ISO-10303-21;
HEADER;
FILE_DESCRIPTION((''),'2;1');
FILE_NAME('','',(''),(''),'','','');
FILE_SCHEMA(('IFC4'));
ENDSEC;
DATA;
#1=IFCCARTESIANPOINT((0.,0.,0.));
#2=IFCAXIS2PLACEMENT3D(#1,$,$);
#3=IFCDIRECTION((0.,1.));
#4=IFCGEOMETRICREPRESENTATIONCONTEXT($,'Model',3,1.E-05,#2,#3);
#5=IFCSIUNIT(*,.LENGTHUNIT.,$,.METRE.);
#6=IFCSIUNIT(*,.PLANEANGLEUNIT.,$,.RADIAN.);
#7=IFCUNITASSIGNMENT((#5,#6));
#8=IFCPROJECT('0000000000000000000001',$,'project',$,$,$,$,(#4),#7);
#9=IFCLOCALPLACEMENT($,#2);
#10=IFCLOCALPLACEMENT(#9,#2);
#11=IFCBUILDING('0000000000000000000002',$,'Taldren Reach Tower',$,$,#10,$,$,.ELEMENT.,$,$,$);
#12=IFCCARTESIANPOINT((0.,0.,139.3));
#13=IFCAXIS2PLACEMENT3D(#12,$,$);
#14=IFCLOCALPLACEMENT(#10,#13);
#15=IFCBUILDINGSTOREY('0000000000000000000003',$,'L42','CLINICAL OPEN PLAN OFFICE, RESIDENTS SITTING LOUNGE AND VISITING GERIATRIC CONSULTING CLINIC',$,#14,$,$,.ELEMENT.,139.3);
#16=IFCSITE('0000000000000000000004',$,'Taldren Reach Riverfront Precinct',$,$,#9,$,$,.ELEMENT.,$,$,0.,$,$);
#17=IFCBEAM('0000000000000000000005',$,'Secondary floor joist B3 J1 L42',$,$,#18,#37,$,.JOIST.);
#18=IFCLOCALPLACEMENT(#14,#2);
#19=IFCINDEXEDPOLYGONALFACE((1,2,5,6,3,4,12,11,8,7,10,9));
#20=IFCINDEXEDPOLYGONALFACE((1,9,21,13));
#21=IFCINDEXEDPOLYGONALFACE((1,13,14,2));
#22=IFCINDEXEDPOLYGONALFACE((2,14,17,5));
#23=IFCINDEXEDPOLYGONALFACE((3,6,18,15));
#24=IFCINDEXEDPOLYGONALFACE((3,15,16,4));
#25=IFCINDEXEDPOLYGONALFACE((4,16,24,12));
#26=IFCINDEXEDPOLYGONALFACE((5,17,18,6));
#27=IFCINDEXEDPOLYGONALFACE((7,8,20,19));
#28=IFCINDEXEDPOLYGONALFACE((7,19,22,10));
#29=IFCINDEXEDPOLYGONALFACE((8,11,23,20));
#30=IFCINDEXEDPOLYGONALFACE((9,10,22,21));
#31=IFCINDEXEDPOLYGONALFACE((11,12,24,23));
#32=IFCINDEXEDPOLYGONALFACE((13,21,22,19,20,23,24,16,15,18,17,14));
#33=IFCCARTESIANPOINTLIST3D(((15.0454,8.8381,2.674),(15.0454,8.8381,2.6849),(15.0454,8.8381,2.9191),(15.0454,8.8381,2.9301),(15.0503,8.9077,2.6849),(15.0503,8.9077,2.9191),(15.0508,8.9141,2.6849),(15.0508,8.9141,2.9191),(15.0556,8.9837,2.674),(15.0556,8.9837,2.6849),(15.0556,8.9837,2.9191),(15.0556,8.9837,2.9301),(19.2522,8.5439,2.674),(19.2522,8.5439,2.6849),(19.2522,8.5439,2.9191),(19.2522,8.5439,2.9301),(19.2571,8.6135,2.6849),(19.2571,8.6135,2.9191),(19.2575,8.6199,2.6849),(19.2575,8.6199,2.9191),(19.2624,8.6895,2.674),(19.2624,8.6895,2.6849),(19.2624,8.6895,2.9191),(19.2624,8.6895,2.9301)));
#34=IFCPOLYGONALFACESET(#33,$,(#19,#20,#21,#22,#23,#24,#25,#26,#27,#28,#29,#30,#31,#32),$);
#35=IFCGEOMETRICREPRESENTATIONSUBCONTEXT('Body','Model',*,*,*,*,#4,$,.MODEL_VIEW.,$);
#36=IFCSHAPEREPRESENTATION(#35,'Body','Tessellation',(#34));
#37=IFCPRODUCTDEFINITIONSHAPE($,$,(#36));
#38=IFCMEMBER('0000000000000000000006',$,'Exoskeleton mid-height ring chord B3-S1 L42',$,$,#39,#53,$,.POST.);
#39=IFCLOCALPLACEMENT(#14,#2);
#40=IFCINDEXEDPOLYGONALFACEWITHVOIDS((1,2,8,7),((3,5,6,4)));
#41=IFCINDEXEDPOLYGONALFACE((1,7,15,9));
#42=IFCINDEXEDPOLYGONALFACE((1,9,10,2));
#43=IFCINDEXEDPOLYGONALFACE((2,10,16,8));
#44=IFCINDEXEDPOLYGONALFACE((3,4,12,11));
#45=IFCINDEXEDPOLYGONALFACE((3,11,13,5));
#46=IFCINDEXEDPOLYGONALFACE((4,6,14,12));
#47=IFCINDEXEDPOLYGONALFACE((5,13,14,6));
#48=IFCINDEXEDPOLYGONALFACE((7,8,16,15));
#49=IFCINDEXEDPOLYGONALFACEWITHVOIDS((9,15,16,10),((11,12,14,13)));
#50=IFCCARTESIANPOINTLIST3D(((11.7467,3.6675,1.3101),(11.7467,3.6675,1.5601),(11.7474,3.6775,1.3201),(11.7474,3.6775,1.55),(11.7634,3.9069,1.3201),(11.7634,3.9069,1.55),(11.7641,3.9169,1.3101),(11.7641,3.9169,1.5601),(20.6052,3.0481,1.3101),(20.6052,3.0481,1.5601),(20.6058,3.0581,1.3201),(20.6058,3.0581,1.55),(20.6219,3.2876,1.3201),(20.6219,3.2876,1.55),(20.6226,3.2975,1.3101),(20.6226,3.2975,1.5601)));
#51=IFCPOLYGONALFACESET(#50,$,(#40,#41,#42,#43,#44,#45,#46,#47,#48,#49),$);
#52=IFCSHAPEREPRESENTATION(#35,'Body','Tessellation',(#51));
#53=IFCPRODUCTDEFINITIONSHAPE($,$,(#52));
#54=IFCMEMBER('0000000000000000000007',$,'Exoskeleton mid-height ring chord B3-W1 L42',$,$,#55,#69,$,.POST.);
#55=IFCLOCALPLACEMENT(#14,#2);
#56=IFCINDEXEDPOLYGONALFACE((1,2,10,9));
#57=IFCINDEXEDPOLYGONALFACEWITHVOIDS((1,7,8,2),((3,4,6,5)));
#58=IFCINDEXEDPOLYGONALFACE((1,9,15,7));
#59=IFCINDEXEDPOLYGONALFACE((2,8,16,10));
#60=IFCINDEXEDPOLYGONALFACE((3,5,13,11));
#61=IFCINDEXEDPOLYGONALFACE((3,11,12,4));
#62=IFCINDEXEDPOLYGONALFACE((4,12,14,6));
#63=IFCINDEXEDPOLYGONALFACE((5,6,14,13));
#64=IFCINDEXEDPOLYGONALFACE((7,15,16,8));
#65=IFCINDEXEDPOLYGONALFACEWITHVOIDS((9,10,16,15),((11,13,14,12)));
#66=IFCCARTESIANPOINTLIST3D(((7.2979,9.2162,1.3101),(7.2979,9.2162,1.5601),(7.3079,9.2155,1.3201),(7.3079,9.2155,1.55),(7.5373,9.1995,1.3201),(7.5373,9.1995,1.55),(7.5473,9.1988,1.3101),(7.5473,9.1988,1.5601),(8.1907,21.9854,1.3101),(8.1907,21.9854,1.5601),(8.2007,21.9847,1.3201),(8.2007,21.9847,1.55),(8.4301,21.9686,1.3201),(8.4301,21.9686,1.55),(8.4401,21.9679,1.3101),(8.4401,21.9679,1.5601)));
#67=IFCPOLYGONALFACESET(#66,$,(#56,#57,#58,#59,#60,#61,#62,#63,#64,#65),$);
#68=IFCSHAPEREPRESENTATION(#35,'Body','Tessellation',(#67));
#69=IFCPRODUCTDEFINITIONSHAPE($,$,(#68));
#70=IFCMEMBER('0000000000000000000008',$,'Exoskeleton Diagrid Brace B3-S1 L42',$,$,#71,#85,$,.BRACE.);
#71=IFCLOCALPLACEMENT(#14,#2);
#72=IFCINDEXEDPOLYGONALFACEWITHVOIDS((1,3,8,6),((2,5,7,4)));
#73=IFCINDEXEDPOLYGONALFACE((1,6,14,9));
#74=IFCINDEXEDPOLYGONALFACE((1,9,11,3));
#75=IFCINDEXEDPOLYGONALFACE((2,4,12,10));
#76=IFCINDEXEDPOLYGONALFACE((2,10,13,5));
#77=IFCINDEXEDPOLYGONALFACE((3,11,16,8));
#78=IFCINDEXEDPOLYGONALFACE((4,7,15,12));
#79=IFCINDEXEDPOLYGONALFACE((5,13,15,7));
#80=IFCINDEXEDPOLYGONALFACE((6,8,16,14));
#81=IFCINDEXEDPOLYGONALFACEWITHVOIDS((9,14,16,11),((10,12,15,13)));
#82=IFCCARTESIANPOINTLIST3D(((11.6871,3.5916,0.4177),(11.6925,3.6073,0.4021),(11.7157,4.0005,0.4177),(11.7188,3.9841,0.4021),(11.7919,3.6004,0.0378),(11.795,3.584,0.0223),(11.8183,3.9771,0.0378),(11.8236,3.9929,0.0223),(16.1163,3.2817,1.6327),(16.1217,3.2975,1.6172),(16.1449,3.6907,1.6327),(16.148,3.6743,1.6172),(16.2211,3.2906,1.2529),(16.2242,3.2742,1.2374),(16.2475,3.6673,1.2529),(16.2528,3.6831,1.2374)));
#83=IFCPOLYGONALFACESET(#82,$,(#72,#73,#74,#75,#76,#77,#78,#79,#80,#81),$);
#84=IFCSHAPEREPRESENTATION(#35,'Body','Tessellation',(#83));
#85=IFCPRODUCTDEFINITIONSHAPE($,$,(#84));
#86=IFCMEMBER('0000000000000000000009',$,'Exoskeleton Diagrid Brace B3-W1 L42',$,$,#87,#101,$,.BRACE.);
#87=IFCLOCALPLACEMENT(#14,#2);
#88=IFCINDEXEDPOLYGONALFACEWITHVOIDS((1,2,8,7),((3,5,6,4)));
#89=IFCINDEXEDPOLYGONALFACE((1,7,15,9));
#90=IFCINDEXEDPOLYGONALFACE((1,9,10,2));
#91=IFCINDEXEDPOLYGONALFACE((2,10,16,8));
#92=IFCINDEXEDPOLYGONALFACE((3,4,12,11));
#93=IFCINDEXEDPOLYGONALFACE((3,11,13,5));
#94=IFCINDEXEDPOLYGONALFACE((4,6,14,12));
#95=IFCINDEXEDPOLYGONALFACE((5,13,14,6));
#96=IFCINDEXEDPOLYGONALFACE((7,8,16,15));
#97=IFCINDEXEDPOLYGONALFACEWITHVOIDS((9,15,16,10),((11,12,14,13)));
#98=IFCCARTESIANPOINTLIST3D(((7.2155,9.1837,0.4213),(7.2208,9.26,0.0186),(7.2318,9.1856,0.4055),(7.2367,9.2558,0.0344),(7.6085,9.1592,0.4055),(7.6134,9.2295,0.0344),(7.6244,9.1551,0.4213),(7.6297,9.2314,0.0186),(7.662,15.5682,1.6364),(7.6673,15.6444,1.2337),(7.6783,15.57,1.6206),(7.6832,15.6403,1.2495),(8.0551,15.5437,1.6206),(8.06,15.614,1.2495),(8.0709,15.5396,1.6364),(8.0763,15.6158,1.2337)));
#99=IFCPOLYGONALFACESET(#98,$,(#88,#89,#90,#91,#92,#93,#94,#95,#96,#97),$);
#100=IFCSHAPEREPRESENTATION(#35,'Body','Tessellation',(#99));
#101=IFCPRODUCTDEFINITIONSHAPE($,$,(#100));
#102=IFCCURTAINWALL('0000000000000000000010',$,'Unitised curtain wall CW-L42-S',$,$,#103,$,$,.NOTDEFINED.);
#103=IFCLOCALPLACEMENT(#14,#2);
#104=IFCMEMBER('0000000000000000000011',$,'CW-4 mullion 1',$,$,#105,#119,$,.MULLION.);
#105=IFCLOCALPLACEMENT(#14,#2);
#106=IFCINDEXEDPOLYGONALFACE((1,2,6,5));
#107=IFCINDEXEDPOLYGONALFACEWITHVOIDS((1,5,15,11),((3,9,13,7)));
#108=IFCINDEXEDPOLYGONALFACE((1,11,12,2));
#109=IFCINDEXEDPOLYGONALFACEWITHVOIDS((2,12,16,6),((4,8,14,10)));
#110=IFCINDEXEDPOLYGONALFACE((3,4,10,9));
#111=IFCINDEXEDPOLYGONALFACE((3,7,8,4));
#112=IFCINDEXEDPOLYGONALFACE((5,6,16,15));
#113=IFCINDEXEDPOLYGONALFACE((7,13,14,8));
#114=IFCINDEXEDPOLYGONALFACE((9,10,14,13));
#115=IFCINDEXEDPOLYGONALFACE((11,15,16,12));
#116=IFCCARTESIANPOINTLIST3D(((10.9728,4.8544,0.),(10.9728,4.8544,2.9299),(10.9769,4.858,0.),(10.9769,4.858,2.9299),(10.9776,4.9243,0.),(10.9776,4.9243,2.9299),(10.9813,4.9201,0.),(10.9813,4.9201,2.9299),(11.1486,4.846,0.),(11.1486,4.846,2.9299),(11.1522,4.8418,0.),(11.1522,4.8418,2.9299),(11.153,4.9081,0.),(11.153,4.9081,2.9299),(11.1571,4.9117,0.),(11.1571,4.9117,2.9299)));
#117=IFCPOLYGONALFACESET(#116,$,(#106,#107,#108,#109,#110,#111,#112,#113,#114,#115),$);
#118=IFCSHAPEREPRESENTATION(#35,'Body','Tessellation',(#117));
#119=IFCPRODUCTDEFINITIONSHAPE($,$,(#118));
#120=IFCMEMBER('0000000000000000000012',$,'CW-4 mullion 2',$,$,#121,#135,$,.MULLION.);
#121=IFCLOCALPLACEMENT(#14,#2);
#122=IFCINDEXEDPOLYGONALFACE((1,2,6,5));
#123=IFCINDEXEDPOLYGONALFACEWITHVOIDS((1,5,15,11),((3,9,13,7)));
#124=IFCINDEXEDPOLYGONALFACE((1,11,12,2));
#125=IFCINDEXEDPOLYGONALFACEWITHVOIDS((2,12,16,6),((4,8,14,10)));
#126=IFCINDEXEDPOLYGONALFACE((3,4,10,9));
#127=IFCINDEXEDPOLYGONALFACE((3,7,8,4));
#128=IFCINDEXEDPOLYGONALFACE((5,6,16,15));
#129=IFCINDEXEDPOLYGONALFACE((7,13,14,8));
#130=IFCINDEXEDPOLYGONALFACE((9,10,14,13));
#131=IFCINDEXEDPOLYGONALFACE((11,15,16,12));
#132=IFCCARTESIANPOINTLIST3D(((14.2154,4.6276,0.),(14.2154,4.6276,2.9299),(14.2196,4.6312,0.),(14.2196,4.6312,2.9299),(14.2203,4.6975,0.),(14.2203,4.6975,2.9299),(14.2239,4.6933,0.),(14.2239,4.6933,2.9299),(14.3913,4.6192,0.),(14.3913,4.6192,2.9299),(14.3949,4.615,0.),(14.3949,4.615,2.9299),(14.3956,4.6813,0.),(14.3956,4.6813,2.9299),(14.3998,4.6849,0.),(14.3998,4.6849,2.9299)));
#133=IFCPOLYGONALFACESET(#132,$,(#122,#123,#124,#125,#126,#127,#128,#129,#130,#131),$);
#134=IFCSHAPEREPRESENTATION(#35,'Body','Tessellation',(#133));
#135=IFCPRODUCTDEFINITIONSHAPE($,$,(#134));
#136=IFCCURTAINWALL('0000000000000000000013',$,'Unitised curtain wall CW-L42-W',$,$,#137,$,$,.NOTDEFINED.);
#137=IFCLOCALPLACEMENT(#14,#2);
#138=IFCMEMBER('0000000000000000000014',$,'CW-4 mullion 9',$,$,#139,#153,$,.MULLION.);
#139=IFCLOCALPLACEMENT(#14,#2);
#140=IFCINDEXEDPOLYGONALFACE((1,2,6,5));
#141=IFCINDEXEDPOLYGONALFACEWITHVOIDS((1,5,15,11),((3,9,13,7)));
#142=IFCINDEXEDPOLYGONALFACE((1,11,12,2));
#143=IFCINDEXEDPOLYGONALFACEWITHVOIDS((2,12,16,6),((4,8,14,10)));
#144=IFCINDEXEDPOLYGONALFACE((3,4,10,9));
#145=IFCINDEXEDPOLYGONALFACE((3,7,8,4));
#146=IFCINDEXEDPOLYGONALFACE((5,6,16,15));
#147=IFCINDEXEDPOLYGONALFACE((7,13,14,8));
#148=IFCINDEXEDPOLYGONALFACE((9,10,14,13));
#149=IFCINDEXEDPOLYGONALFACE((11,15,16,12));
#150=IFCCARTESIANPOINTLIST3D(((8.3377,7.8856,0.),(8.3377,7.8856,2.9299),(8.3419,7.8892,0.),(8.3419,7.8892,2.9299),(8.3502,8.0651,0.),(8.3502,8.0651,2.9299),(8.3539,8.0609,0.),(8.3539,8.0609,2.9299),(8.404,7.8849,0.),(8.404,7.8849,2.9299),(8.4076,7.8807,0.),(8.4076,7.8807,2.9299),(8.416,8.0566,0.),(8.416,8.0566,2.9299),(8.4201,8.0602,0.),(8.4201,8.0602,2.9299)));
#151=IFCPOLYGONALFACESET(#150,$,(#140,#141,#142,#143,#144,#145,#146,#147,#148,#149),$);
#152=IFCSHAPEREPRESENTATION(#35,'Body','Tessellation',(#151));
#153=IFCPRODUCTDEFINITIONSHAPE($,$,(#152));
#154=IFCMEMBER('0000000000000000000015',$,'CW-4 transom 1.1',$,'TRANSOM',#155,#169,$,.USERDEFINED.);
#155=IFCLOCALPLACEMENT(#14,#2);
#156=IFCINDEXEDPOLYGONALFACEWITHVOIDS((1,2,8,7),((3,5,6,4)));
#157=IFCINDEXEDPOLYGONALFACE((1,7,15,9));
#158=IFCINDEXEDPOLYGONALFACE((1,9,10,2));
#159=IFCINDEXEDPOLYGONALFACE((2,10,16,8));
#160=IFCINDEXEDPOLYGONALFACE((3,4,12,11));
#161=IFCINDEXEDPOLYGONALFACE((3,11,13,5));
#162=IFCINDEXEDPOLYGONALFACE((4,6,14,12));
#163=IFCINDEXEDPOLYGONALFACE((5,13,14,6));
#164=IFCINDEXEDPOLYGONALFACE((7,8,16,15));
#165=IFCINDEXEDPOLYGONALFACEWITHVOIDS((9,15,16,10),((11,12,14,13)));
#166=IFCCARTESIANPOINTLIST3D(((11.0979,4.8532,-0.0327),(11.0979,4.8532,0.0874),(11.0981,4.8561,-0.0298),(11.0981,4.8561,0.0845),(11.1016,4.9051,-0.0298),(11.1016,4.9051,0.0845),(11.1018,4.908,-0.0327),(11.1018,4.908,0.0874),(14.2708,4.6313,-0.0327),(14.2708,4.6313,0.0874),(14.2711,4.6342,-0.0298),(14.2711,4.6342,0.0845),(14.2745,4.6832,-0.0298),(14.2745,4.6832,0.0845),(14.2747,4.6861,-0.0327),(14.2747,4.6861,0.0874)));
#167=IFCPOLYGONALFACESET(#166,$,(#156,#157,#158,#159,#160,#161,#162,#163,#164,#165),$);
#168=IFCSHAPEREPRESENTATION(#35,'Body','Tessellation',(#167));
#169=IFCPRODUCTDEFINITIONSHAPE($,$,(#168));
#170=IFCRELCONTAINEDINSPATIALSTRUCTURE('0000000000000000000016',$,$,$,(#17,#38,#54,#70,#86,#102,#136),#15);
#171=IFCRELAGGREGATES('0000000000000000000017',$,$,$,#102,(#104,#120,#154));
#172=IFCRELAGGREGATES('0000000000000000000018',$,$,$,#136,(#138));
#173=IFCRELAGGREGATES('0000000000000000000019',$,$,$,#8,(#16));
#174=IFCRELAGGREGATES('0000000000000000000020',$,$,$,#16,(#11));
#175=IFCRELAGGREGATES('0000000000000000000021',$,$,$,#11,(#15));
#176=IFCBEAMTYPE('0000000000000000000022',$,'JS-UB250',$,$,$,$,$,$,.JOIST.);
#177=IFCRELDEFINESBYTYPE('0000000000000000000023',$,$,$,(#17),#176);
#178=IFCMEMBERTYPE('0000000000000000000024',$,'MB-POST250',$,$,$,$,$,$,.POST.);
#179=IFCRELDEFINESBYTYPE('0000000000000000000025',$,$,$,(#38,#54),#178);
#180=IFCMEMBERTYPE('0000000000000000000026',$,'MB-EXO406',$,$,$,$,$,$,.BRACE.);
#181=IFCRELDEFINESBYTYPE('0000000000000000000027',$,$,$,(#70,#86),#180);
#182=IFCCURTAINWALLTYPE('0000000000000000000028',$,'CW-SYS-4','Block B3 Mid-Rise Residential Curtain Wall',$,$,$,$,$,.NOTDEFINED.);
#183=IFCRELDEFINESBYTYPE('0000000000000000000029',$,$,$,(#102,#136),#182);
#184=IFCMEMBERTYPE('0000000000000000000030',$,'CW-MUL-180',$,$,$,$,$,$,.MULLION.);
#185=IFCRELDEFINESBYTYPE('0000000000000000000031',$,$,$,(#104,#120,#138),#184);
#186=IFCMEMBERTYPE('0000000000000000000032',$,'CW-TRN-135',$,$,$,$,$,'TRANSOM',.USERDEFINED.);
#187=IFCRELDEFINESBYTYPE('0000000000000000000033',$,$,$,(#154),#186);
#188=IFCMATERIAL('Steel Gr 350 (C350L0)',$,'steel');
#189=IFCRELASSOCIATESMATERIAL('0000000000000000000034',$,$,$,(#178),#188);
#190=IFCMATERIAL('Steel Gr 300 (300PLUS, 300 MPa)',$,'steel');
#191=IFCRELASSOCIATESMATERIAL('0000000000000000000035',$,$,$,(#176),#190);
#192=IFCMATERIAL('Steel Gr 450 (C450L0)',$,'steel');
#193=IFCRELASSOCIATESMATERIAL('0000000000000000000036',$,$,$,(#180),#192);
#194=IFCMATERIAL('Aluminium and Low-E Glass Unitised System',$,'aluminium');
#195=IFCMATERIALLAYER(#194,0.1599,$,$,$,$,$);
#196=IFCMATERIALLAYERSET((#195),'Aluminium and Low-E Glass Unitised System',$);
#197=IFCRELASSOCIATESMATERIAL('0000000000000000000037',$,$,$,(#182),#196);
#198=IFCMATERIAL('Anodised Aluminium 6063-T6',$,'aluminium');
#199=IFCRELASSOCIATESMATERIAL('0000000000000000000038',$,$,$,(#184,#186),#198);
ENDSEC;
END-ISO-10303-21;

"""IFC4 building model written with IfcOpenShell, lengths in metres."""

from ifc_helpers import new_model, si_unit, direction, frame, origin, origin_2d, place, context, subcontext, project, spatial, hollow_rectangle, i_section, extrude, source, transform, mapped, material, layer, layer_set, material_profile, profile_set, type_object, element, aggregate, save


model = new_model("IFC4")

# Units and contexts
model_context = context("Model", 3, precision=1e-05, world=origin(), true_north=direction((0.0, 1.0)))
body_context = subcontext(model_context, "Body", "Model", "MODEL_VIEW")
ifc_project = project(units=[si_unit("LENGTHUNIT", "METRE"), si_unit("PLANEANGLEUNIT", "RADIAN")], contexts=[model_context])

# Site, building, storey
site_placement = place(None, origin())
site = spatial("IfcSite", under=ifc_project, at=site_placement, Name="Taldren Reach Riverfront Precinct", CompositionType="ELEMENT", RefElevation=0.0)
building_placement = place(site_placement, origin())
building = spatial("IfcBuilding", under=site, at=building_placement, Name="Taldren Reach Tower", CompositionType="ELEMENT")
storey_placement = place(building_placement, frame((0.0, 0.0, 139.3)))
storey = spatial("IfcBuildingStorey", under=building, at=storey_placement, Name="L42", Description="CLINICAL OPEN PLAN OFFICE, RESIDENTS SITTING LOUNGE AND VISITING GERIATRIC CONSULTING CLINIC", CompositionType="ELEMENT", Elevation=139.3)

# Shared definitions
ifc_material_1 = material(Name="Steel Gr 450 (C450L0)", Category="steel")

# Shared definitions
ifc_material_2 = material(Name="Steel Gr 350 (C350L0)", Category="steel")
ifc_material_profile_1 = material_profile(ifc_material_2, hollow_rectangle(XDim=0.25, YDim=0.25, WallThickness=0.01, at=origin_2d()), Name="250x250x10.0SHS")
ifc_profile_set_1 = profile_set([ifc_material_profile_1], Name="Steel Gr 350 (C350L0)")
member_type_1 = type_object("IfcMemberType", Name="MB-POST250", PredefinedType="POST", material=ifc_profile_set_1)

# Beam
ifc_material_3 = material(Name="Steel Gr 300 (300PLUS, 300 MPa)", Category="steel")
ifc_material_profile_2 = material_profile(ifc_material_3, i_section(OverallWidth=0.146, OverallDepth=0.2561, WebThickness=0.0063, FlangeThickness=0.011, at=origin_2d()), Name="250UB37.3")
ifc_profile_set_2 = profile_set([ifc_material_profile_2], Name="Steel Gr 300 (300PLUS, 300 MPa)")
beam_type_1 = type_object("IfcBeamType", Name="JS-UB250", PredefinedType="JOIST", material=ifc_profile_set_2)
shared_shape_1 = source(origin(), body_context, "Body", "SweptSolid", [
    extrude(i_section(OverallWidth=0.146, OverallDepth=0.2561, WebThickness=0.0063, FlangeThickness=0.011, at=origin_2d()), origin(), (0.0, 0.0, 1.0), 4.217),
])
beam_1_placement = place(storey_placement, frame((15.0505, 8.9109, 2.802), z_axis=(0.997564, -0.069762, 0.0), x_axis=(0.069762, 0.997564, 0.0)))
element("IfcBeam", 1, at=beam_1_placement, inside=storey, type_object=beam_type_1, Name="Secondary floor joist B3 J1 L42", PredefinedType="JOIST", context=body_context, shape_type="MappedRepresentation", body=[
    mapped(shared_shape_1, transform((0.0, 0.0, 0.0), scale=1.0)),
])

# Members
shared_shape_2 = source(origin(), body_context, "Body", "SweptSolid", [
    extrude(hollow_rectangle(XDim=0.25, YDim=0.25, WallThickness=0.01, at=origin_2d()), origin(), (0.0, 0.0, 1.0), 8.8801),
])
member_1_placement = place(storey_placement, frame((11.7554, 3.7922, 1.4351), z_axis=(0.997564, -0.06975, 0.0), x_axis=(0.06975, 0.997564, 0.0)))
element("IfcMember", 2, at=member_1_placement, inside=storey, type_object=member_type_1, Name="Exoskeleton mid-height ring chord B3-S1 L42", PredefinedType="POST", context=body_context, shape_type="MappedRepresentation", body=[
    mapped(shared_shape_2, transform((0.0, 0.0, 0.0), scale=1.0)),
])
shared_shape_3 = source(origin(), body_context, "Body", "SweptSolid", [
    extrude(hollow_rectangle(XDim=0.25, YDim=0.25, WallThickness=0.01, at=origin_2d()), origin(), (0.0, 0.0, 1.0), 12.8003),
])
member_2_placement = place(storey_placement, frame((7.4226, 9.2075, 1.4351), z_axis=(0.069751, 0.997564, 0.0), x_axis=(-0.997564, 0.069751, 0.0)))
element("IfcMember", 3, at=member_2_placement, inside=storey, type_object=member_type_1, Name="Exoskeleton mid-height ring chord B3-W1 L42", PredefinedType="POST", context=body_context, shape_type="MappedRepresentation", body=[
    mapped(shared_shape_3, transform((0.0, 0.0, 0.0), scale=1.0)),
])
ifc_material_profile_3 = material_profile(ifc_material_1, hollow_rectangle(XDim=0.4099, YDim=0.4099, WallThickness=0.0161, at=origin_2d()), Name="410x410x16.0SHS")
ifc_profile_set_3 = profile_set([ifc_material_profile_3], Name="Steel Gr 450 (C450L0)")
member_type_2 = type_object("IfcMemberType", Name="MB-EXO406", PredefinedType="BRACE", material=ifc_profile_set_3)
shared_shape_4 = source(origin(), body_context, "Body", "SweptSolid", [
    extrude(hollow_rectangle(XDim=0.4099, YDim=0.4099, WallThickness=0.0161, at=origin_2d()), origin(), (0.0, 0.0, 1.0), 4.6033),
])
member_3_placement = place(storey_placement, frame((11.7554, 3.7922, 0.22), z_axis=(0.962182, -0.067303, 0.263961), x_axis=(0.069778, 0.997563, 0.0)))
element("IfcMember", 4, at=member_3_placement, inside=storey, type_object=member_type_2, Name="Exoskeleton Diagrid Brace B3-S1 L42", PredefinedType="BRACE", context=body_context, shape_type="MappedRepresentation", body=[
    mapped(shared_shape_4, transform((0.0, 0.0, 0.0), scale=1.0)),
])
shared_shape_5 = source(origin(), body_context, "Body", "SweptSolid", [
    extrude(hollow_rectangle(XDim=0.4099, YDim=0.4099, WallThickness=0.0161, at=origin_2d()), origin(), (0.0, 0.0, 1.0), 6.5144),
])
member_4_placement = place(storey_placement, frame((7.4226, 9.2075, 0.22), z_axis=(0.068545, 0.980057, 0.186522), x_axis=(-0.997563, 0.06977, 0.0)))
element("IfcMember", 5, at=member_4_placement, inside=storey, type_object=member_type_2, Name="Exoskeleton Diagrid Brace B3-W1 L42", PredefinedType="BRACE", context=body_context, shape_type="MappedRepresentation", body=[
    mapped(shared_shape_5, transform((0.0, 0.0, 0.0), scale=1.0)),
])

# Curtain wall, members
ifc_material_4 = material(Name="Aluminium and Low-E Glass Unitised System", Category="aluminium")
ifc_layer_1 = layer(ifc_material_4, 0.1599)
ifc_layer_set_1 = layer_set([ifc_layer_1], Name="Aluminium and Low-E Glass Unitised System")
curtain_wall_type = type_object("IfcCurtainWallType", Name="CW-SYS-4", Description="Block B3 Mid-Rise Residential Curtain Wall", PredefinedType="NOTDEFINED", material=ifc_layer_set_1)
curtain_wall_1_placement = place(storey_placement, origin())
curtain_wall_1 = element("IfcCurtainWall", 6, at=curtain_wall_1_placement, inside=storey, type_object=curtain_wall_type, Name="Unitised curtain wall CW-L42-S", PredefinedType="NOTDEFINED")
ifc_material_5 = material(Name="Anodised Aluminium 6063-T6", Category="aluminium")
ifc_material_profile_4 = material_profile(ifc_material_5, hollow_rectangle(XDim=0.0701, YDim=0.1799, WallThickness=0.0039, at=origin_2d()), Name="ALU-180x70x4RHS")
ifc_profile_set_4 = profile_set([ifc_material_profile_4], Name="Anodised Aluminium 6063-T6")
member_type_3 = type_object("IfcMemberType", Name="CW-MUL-180", PredefinedType="MULLION", material=ifc_profile_set_4)
shared_shape_6 = source(origin(), body_context, "Body", "SweptSolid", [
    extrude(hollow_rectangle(XDim=0.0701, YDim=0.1799, WallThickness=0.0039, at=origin_2d()), origin(), (0.0, 0.0, 1.0), 2.9299),
])
member_5_placement = place(storey_placement, frame((11.0649, 4.8831, 0.0), z_axis=(0.0, 0.0, 1.0), x_axis=(0.069757, 0.997564, 0.0)))
member_5 = element("IfcMember", 7, at=member_5_placement, type_object=member_type_3, Name="CW-4 mullion 1", PredefinedType="MULLION", context=body_context, shape_type="MappedRepresentation", body=[
    mapped(shared_shape_6, transform((0.0, 0.0, 0.0), scale=1.0)),
])
member_6_placement = place(storey_placement, frame((14.3076, 4.6562, 0.0), z_axis=(0.0, 0.0, 1.0), x_axis=(0.069757, 0.997564, 0.0)))
member_6 = element("IfcMember", 8, at=member_6_placement, type_object=member_type_3, Name="CW-4 mullion 2", PredefinedType="MULLION", context=body_context, shape_type="MappedRepresentation", body=[
    mapped(shared_shape_6, transform((0.0, 0.0, 0.0), scale=1.0)),
])

# Curtain wall, member
curtain_wall_2_placement = place(storey_placement, origin())
curtain_wall_2 = element("IfcCurtainWall", 9, at=curtain_wall_2_placement, inside=storey, type_object=curtain_wall_type, Name="Unitised curtain wall CW-L42-W", PredefinedType="NOTDEFINED")
member_7_placement = place(storey_placement, frame((8.3789, 7.9729, 0.0), z_axis=(0.0, 0.0, 1.0), x_axis=(0.997564, -0.069756, 0.0)))
member_7 = element("IfcMember", 10, at=member_7_placement, type_object=member_type_3, Name="CW-4 mullion 9", PredefinedType="MULLION", context=body_context, shape_type="MappedRepresentation", body=[
    mapped(shared_shape_6, transform((0.0, 0.0, 0.0), scale=1.0)),
])

# Member
ifc_material_profile_5 = material_profile(ifc_material_5, hollow_rectangle(XDim=0.0549, YDim=0.1201, WallThickness=0.0029, at=origin_2d()), Name="ALU-120x55x3RHS")
ifc_profile_set_5 = profile_set([ifc_material_profile_5], Name="Anodised Aluminium 6063-T6")
member_type_4 = type_object("IfcMemberType", Name="CW-TRN-135", ElementType="TRANSOM", PredefinedType="USERDEFINED", material=ifc_profile_set_5)
shared_shape_7 = source(origin(), body_context, "Body", "SweptSolid", [
    extrude(hollow_rectangle(XDim=0.0549, YDim=0.1201, WallThickness=0.0029, at=origin_2d()), origin(), (0.0, 0.0, 1.0), 3.1807),
])
member_8_placement = place(storey_placement, frame((11.0999, 4.8806, 0.0273), z_axis=(0.997563, -0.069774, 0.0), x_axis=(0.069774, 0.997563, 0.0)))
member_8 = element("IfcMember", 11, at=member_8_placement, type_object=member_type_4, Name="CW-4 transom 1.1", ObjectType="TRANSOM", PredefinedType="USERDEFINED", context=body_context, shape_type="MappedRepresentation", body=[
    mapped(shared_shape_7, transform((0.0, 0.0, 0.0), scale=1.0)),
])

aggregate(curtain_wall_1, [member_5, member_6, member_8])
aggregate(curtain_wall_2, [member_7])

save(model, "model.ifc")
